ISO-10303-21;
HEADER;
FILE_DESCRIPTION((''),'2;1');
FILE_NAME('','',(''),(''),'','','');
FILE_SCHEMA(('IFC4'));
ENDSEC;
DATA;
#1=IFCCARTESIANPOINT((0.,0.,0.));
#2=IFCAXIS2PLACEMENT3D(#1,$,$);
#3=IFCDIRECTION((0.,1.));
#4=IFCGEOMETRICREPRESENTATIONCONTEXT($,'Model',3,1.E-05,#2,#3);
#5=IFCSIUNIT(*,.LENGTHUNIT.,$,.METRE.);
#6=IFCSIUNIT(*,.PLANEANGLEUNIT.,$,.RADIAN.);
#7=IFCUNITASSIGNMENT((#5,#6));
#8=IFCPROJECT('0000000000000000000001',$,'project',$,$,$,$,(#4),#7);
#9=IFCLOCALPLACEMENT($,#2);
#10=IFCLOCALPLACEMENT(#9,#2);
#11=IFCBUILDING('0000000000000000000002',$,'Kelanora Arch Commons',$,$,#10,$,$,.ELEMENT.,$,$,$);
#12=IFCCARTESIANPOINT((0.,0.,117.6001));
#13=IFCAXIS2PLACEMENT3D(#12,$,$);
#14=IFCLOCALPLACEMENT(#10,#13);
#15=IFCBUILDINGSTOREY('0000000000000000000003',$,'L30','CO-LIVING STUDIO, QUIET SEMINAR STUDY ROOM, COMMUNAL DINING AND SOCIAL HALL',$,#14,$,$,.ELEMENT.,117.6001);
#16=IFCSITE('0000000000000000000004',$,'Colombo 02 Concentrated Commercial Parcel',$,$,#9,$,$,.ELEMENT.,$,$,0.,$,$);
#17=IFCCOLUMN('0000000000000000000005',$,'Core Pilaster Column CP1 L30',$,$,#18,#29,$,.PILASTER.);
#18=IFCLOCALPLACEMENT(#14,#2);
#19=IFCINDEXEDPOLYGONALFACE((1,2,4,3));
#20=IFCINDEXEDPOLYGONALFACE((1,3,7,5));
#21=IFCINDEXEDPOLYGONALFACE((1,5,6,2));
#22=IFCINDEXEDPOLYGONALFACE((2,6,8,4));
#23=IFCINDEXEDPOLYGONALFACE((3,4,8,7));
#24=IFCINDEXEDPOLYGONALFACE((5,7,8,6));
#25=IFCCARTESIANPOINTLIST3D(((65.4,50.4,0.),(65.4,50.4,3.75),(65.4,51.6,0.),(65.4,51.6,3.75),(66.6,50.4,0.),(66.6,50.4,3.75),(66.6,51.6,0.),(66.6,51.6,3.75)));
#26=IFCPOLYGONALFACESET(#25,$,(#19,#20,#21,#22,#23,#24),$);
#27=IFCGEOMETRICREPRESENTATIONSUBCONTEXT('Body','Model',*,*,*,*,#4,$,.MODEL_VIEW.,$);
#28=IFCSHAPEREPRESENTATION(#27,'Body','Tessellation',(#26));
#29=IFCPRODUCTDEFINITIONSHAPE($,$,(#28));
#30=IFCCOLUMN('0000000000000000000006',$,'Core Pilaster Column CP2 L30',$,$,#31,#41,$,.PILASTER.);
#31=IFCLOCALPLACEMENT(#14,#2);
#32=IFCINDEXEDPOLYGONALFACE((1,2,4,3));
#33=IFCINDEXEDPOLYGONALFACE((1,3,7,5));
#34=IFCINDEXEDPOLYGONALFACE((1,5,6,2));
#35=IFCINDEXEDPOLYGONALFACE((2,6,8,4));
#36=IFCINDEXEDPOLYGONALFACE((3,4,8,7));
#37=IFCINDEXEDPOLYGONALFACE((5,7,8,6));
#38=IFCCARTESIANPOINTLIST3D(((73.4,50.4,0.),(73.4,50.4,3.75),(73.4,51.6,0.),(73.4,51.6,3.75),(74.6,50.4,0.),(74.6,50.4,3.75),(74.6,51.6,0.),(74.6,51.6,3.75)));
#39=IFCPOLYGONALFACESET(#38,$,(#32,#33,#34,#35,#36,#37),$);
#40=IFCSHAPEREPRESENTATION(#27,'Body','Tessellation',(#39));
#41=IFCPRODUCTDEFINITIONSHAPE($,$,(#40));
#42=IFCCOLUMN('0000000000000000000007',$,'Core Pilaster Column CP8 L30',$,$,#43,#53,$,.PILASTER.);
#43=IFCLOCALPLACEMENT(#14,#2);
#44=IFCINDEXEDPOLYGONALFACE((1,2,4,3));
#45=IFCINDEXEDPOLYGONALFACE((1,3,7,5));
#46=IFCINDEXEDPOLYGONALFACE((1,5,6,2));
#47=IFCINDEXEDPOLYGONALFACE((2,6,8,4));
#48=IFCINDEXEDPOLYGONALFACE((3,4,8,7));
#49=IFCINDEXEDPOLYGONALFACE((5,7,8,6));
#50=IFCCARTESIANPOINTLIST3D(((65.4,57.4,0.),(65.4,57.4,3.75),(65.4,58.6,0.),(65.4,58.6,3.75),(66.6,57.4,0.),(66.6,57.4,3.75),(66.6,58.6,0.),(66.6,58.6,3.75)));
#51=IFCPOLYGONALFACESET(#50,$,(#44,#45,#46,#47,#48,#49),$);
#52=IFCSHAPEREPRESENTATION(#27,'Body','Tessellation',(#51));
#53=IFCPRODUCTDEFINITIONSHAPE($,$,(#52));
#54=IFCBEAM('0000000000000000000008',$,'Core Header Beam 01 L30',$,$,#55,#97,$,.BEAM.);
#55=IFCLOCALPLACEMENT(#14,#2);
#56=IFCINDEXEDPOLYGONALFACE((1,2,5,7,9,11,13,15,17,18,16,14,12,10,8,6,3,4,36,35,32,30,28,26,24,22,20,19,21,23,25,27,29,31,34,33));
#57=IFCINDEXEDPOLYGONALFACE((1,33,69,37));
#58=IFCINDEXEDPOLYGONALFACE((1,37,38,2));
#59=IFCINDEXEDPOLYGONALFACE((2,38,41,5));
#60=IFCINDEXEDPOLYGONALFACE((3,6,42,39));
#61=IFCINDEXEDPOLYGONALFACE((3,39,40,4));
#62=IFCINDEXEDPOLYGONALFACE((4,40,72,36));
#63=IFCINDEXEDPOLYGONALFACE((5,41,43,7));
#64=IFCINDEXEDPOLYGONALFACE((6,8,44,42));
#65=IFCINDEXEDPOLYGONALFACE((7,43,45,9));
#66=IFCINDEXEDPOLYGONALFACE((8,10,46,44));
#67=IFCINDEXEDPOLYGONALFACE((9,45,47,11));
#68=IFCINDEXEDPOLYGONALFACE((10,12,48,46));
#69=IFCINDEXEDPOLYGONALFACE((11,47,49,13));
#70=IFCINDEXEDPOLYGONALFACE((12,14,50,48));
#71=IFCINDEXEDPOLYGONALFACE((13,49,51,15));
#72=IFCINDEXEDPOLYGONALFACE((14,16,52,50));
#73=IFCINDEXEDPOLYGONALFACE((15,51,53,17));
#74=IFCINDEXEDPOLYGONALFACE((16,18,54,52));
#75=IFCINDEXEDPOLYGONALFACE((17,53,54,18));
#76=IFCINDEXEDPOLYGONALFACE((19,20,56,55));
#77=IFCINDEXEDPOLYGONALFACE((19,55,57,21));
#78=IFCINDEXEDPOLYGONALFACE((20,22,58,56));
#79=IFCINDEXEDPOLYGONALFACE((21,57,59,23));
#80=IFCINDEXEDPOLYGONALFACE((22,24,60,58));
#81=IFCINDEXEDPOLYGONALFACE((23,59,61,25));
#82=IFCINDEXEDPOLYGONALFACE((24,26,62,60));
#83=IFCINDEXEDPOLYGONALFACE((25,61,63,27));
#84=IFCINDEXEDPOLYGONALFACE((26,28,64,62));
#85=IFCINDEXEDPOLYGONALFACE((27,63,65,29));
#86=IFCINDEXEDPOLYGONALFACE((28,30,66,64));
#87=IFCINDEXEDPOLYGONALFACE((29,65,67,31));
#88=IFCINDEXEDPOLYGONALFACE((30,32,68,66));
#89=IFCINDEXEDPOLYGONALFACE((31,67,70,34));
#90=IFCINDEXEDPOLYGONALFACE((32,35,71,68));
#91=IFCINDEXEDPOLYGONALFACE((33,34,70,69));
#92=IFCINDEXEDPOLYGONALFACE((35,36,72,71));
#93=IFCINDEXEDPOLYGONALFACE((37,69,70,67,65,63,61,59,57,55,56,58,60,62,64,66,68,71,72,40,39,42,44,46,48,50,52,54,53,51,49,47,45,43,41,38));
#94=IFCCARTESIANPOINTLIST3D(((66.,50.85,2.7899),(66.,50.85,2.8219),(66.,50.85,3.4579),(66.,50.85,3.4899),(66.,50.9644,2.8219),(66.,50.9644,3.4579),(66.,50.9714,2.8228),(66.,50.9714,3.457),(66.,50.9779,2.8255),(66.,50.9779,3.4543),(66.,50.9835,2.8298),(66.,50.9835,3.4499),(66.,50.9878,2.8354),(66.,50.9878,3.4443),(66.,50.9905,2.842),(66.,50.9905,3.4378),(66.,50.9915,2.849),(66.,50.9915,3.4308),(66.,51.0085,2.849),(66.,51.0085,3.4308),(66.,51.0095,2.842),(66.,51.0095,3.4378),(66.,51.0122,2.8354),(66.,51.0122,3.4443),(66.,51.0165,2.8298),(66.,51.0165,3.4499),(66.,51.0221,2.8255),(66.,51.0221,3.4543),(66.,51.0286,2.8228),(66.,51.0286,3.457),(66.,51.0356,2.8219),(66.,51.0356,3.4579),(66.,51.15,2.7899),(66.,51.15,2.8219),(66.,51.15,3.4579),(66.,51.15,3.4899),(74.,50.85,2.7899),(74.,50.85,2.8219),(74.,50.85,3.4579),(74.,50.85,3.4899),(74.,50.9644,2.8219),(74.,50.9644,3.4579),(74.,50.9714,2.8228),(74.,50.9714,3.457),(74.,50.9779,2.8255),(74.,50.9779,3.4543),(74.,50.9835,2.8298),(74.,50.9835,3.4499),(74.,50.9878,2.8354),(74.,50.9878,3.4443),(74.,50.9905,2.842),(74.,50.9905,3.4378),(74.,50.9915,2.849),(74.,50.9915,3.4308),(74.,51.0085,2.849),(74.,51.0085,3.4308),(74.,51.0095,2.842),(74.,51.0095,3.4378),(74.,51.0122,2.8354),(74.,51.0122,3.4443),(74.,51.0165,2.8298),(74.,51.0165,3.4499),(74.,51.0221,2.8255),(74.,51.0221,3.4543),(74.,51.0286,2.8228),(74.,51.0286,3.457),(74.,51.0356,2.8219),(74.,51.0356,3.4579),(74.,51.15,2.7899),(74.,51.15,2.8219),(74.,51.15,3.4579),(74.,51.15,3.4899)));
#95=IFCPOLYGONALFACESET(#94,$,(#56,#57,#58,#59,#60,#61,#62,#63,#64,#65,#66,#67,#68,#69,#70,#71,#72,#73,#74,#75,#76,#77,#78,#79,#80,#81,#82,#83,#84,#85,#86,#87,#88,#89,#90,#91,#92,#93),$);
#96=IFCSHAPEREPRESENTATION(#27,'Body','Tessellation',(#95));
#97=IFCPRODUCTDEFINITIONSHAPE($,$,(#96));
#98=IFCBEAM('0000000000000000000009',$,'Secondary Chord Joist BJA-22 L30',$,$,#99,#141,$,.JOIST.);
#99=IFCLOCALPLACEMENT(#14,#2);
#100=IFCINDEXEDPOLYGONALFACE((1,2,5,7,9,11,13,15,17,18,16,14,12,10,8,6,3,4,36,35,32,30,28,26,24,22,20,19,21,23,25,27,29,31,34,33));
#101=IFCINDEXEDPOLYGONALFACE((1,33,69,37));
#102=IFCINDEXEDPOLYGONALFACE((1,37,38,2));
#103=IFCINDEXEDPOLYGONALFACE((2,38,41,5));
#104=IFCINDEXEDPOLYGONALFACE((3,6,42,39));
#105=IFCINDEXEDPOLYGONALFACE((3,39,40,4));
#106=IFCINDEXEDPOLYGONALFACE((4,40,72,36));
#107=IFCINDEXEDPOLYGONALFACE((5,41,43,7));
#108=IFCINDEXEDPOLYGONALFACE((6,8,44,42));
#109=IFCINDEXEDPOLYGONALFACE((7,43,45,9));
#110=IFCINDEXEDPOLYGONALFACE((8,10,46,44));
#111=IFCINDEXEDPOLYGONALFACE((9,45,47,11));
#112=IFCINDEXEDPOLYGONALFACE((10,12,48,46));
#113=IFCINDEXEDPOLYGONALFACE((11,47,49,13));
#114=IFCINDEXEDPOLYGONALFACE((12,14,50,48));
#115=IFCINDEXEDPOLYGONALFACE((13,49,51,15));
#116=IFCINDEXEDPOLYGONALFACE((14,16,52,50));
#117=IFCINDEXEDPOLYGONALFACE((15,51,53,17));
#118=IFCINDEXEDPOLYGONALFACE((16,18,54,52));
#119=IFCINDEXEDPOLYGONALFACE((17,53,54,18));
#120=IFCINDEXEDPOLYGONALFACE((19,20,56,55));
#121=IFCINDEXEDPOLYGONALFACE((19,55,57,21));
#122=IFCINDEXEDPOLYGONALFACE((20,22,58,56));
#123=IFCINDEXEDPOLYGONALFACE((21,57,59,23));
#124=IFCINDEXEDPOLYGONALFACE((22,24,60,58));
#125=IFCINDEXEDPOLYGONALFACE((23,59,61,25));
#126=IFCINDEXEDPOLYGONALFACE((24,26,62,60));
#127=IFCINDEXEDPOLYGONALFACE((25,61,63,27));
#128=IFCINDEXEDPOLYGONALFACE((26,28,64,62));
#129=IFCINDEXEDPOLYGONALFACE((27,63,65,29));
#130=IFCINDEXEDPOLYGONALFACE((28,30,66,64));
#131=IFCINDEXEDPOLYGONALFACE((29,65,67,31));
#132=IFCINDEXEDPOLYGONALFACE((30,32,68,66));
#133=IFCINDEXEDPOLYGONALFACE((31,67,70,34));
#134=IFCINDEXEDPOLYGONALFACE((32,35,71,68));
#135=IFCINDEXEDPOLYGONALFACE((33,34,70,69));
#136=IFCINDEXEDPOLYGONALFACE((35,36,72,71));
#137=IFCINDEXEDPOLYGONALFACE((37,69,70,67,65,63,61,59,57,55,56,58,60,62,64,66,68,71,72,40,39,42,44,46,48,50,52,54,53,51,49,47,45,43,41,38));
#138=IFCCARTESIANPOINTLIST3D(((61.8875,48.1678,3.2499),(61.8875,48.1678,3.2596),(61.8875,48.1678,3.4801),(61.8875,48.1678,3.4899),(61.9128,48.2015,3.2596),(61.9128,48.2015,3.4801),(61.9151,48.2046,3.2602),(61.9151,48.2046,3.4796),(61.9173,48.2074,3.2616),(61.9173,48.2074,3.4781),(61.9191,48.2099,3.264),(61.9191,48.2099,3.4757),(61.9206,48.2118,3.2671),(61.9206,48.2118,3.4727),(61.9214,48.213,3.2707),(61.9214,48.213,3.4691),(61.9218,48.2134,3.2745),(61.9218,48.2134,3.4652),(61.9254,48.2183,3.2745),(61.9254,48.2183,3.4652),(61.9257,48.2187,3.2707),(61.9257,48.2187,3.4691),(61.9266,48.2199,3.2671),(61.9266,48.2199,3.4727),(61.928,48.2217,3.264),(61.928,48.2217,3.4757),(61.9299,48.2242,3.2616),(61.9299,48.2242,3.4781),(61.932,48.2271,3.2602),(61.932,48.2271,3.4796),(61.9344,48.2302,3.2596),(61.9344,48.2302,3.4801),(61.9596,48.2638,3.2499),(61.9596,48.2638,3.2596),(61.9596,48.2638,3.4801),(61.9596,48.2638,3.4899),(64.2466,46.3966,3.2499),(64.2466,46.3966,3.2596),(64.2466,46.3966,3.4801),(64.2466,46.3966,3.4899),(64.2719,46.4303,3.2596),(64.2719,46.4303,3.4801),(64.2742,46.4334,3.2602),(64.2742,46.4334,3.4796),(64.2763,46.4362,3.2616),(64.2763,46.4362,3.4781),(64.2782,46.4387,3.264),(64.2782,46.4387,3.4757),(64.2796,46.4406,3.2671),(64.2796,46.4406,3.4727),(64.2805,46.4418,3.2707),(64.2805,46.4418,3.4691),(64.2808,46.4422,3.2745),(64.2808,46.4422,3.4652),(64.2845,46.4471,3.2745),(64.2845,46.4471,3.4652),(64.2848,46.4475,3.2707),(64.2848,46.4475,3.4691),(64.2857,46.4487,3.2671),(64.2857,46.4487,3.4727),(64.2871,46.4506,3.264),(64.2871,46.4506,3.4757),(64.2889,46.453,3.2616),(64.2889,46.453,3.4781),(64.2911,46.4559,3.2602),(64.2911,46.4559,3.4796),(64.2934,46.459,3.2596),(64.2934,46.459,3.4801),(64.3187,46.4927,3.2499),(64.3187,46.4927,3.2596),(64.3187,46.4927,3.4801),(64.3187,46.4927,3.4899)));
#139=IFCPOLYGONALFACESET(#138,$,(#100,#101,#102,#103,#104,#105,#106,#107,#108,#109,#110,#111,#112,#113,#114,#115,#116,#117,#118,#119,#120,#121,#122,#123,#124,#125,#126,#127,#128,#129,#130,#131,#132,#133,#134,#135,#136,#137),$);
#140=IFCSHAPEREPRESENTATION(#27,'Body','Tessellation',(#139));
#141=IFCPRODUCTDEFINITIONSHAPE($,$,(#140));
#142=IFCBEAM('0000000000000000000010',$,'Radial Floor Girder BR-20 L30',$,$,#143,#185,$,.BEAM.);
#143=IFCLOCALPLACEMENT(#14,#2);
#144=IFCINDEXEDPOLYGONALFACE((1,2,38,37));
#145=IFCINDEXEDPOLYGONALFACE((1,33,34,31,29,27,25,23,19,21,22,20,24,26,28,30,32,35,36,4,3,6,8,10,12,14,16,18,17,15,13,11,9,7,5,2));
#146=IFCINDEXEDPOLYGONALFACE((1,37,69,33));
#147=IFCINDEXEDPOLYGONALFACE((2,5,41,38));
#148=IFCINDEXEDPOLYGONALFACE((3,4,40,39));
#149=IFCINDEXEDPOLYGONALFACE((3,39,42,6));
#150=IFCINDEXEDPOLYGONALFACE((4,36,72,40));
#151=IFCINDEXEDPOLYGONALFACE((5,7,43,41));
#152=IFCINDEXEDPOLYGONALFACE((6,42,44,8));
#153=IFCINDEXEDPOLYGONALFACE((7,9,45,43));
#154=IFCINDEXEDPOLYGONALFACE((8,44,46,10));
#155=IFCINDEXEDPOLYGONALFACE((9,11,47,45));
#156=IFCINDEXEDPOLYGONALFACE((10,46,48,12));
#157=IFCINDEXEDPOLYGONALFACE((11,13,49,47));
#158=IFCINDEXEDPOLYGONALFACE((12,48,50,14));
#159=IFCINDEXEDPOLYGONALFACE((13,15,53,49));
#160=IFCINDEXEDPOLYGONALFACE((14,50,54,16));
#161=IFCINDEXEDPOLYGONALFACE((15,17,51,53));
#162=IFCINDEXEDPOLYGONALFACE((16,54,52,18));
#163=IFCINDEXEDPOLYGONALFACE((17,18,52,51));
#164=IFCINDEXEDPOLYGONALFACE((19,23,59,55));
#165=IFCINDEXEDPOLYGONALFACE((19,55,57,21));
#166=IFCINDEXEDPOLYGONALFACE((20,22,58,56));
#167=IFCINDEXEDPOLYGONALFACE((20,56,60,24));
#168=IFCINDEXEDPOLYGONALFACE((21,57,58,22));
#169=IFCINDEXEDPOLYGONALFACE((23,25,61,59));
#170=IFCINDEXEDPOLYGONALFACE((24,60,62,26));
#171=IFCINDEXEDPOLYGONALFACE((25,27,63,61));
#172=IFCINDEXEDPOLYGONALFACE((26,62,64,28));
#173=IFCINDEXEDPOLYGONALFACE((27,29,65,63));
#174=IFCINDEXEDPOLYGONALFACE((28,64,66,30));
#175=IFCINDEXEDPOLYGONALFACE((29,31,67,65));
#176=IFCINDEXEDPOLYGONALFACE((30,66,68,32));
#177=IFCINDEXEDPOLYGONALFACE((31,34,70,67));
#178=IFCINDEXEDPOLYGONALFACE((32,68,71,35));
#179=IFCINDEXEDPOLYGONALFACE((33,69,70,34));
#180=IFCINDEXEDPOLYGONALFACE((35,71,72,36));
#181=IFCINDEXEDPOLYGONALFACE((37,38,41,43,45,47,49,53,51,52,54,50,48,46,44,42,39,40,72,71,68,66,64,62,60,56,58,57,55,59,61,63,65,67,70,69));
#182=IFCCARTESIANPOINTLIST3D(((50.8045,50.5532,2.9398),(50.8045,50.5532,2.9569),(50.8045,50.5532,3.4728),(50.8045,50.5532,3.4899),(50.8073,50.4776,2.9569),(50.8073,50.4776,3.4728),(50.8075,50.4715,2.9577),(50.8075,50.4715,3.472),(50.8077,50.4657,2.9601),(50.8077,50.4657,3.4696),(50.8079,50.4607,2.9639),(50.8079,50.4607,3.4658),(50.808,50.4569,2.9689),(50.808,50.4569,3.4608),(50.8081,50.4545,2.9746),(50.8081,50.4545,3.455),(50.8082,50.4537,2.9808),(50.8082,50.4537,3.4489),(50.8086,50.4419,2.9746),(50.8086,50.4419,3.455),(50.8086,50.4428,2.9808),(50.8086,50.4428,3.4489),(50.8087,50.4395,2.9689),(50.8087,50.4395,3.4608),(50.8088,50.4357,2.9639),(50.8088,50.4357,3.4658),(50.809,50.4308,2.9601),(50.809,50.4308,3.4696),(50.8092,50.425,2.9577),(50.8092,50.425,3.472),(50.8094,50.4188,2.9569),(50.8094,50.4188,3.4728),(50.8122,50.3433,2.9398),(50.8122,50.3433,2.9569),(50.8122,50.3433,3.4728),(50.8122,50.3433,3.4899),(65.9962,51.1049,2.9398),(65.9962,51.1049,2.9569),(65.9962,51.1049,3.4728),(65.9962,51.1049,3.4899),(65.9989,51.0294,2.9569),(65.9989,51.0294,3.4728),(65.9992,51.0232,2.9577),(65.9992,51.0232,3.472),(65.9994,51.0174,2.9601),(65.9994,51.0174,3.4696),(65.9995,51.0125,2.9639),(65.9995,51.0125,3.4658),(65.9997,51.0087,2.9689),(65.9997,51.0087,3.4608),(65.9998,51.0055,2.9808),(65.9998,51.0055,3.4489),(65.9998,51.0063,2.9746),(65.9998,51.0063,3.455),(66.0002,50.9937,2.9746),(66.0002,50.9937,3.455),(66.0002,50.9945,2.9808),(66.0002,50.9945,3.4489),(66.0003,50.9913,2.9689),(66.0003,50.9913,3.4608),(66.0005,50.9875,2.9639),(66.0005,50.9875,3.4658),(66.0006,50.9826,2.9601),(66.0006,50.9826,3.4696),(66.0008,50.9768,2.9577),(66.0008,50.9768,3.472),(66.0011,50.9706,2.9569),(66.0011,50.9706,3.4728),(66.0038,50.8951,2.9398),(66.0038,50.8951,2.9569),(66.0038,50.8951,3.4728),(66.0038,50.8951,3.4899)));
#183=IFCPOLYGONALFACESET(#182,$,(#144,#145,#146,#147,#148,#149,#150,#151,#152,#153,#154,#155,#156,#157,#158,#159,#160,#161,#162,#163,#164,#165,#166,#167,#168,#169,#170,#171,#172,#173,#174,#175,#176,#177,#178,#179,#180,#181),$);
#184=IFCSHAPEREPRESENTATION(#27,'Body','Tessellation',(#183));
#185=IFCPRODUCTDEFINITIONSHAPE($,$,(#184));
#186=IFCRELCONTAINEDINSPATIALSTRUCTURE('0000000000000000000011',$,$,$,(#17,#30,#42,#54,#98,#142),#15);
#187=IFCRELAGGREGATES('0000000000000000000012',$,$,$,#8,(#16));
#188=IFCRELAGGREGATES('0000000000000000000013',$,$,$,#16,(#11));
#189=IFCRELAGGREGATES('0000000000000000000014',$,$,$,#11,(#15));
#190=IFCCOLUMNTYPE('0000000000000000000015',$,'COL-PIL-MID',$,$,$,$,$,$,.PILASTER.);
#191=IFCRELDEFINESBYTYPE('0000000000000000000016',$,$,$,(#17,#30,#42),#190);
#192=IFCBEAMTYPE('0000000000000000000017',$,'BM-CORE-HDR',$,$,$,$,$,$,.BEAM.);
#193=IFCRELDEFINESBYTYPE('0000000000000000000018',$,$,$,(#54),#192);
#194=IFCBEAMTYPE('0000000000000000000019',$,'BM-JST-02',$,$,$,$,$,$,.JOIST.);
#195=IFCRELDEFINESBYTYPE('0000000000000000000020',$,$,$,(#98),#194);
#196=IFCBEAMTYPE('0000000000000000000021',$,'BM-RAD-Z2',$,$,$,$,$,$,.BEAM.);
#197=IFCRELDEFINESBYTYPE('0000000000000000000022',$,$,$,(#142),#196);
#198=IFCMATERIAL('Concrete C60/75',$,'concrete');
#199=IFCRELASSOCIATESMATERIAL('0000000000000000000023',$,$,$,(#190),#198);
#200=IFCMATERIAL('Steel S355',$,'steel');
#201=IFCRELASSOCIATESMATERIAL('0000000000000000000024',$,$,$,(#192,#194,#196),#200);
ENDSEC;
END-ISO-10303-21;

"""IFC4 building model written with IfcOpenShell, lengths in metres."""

from ifc_helpers import new_model, si_unit, direction, frame, origin, origin_2d, place, context, subcontext, project, spatial, rectangle, i_section, extrude, material, material_profile, profile_set, type_object, element, save


model = new_model("IFC4")

# Units and contexts
model_context = context("Model", 3, precision=1e-05, world=origin(), true_north=direction((0.0, 1.0)))
body_context = subcontext(model_context, "Body", "Model", "MODEL_VIEW")
ifc_project = project(units=[si_unit("LENGTHUNIT", "METRE"), si_unit("PLANEANGLEUNIT", "RADIAN")], contexts=[model_context])

# Site, building, storey
site_placement = place(None, origin())
site = spatial("IfcSite", under=ifc_project, at=site_placement, Name="Colombo 02 Concentrated Commercial Parcel", CompositionType="ELEMENT", RefElevation=0.0)
building_placement = place(site_placement, origin())
building = spatial("IfcBuilding", under=site, at=building_placement, Name="Kelanora Arch Commons", CompositionType="ELEMENT")
storey_placement = place(building_placement, frame((0.0, 0.0, 117.6001)))
storey = spatial("IfcBuildingStorey", under=building, at=storey_placement, Name="L30", Description="CO-LIVING STUDIO, QUIET SEMINAR STUDY ROOM, COMMUNAL DINING AND SOCIAL HALL", CompositionType="ELEMENT", Elevation=117.6001)

# Columns
ifc_material_1 = material(Name="Concrete C60/75", Category="concrete")
ifc_material_profile_1 = material_profile(ifc_material_1, rectangle(XDim=1.2, YDim=1.2, at=origin_2d()), Name="RC1200x1200")
ifc_profile_set_1 = profile_set([ifc_material_profile_1], Name="Concrete C60/75")
column_type = type_object("IfcColumnType", Name="COL-PIL-MID", PredefinedType="PILASTER", material=ifc_profile_set_1)
for number, where, z_axis, x_axis, name in (
    (1, (66.0, 51.0, 0.0), (0.0, 0.0, 1.0), (1.0, 0.0, 0.0), "Core Pilaster Column CP1 L30"),
    (2, (74.0, 51.0, 0.0), (0.0, 0.0, 1.0), (1.0, 0.0, 0.0), "Core Pilaster Column CP2 L30"),
    (3, (66.0, 58.0, 0.0), (0.0, 0.0, 1.0), (1.0, 0.0, 0.0), "Core Pilaster Column CP8 L30"),
):
    element("IfcColumn", number, at=place(storey_placement, frame(where, z_axis=z_axis, x_axis=x_axis)), inside=storey, type_object=column_type, Name=name, PredefinedType="PILASTER", context=body_context, shape_type="SweptSolid", body=[
        extrude(rectangle(XDim=1.2, YDim=1.2, at=origin_2d()), origin(), (0.0, 0.0, 1.0), 3.75),
    ])

# Beams
ifc_material_2 = material(Name="Steel S355", Category="steel")
ifc_material_profile_2 = material_profile(ifc_material_2, i_section(OverallWidth=0.3, OverallDepth=0.7, WebThickness=0.0171, FlangeThickness=0.032, FilletRadius=0.0271, at=origin_2d()), Name="HEB700")
ifc_profile_set_2 = profile_set([ifc_material_profile_2], Name="Steel S355")
beam_type_1 = type_object("IfcBeamType", Name="BM-CORE-HDR", PredefinedType="BEAM", material=ifc_profile_set_2)
beam_1_placement = place(storey_placement, frame((66.0, 51.0, 3.1399), z_axis=(1.0, 0.0, 0.0), x_axis=(0.0, 1.0, 0.0)))
element("IfcBeam", 4, at=beam_1_placement, inside=storey, type_object=beam_type_1, Name="Core Header Beam 01 L30", PredefinedType="BEAM", context=body_context, shape_type="SweptSolid", body=[
    extrude(i_section(OverallWidth=0.3, OverallDepth=0.7, WebThickness=0.0171, FlangeThickness=0.032, FilletRadius=0.0271, at=origin_2d()), origin(), (0.0, 0.0, 1.0), 8.0),
])
ifc_material_profile_3 = material_profile(ifc_material_2, i_section(OverallWidth=0.1201, OverallDepth=0.24, WebThickness=0.0061, FlangeThickness=0.0098, FilletRadius=0.0149, at=origin_2d()), Name="IPE240")
ifc_profile_set_3 = profile_set([ifc_material_profile_3], Name="Steel S355")
beam_type_2 = type_object("IfcBeamType", Name="BM-JST-02", PredefinedType="JOIST", material=ifc_profile_set_3)
beam_2_placement = place(storey_placement, frame((61.9236, 48.2158, 3.3699), z_axis=(0.799692, -0.60041, 0.0), x_axis=(0.60041, 0.799692, 0.0)))
element("IfcBeam", 5, at=beam_2_placement, inside=storey, type_object=beam_type_2, Name="Secondary Chord Joist BJA-22 L30", PredefinedType="JOIST", context=body_context, shape_type="SweptSolid", body=[
    extrude(i_section(OverallWidth=0.1201, OverallDepth=0.24, WebThickness=0.0061, FlangeThickness=0.0098, FilletRadius=0.0149, at=origin_2d()), origin(), (0.0, 0.0, 1.0), 2.95),
])
ifc_material_profile_4 = material_profile(ifc_material_2, i_section(OverallWidth=0.21, OverallDepth=0.55, WebThickness=0.011, FlangeThickness=0.0171, FilletRadius=0.0239, at=origin_2d()), Name="IPE550")
ifc_profile_set_4 = profile_set([ifc_material_profile_4], Name="Steel S355")
beam_type_3 = type_object("IfcBeamType", Name="BM-RAD-Z2", PredefinedType="BEAM", material=ifc_profile_set_4)
beam_3_placement = place(storey_placement, frame((66.0, 51.0, 3.2148), z_axis=(-0.999341, -0.036296, 0.0), x_axis=(0.036296, -0.999341, 0.0)))
element("IfcBeam", 6, at=beam_3_placement, inside=storey, type_object=beam_type_3, Name="Radial Floor Girder BR-20 L30", PredefinedType="BEAM", context=body_context, shape_type="SweptSolid", body=[
    extrude(i_section(OverallWidth=0.21, OverallDepth=0.55, WebThickness=0.011, FlangeThickness=0.0171, FilletRadius=0.0239, at=origin_2d()), origin(), (0.0, 0.0, 1.0), 15.2017),
])

save(model, "model.ifc")
